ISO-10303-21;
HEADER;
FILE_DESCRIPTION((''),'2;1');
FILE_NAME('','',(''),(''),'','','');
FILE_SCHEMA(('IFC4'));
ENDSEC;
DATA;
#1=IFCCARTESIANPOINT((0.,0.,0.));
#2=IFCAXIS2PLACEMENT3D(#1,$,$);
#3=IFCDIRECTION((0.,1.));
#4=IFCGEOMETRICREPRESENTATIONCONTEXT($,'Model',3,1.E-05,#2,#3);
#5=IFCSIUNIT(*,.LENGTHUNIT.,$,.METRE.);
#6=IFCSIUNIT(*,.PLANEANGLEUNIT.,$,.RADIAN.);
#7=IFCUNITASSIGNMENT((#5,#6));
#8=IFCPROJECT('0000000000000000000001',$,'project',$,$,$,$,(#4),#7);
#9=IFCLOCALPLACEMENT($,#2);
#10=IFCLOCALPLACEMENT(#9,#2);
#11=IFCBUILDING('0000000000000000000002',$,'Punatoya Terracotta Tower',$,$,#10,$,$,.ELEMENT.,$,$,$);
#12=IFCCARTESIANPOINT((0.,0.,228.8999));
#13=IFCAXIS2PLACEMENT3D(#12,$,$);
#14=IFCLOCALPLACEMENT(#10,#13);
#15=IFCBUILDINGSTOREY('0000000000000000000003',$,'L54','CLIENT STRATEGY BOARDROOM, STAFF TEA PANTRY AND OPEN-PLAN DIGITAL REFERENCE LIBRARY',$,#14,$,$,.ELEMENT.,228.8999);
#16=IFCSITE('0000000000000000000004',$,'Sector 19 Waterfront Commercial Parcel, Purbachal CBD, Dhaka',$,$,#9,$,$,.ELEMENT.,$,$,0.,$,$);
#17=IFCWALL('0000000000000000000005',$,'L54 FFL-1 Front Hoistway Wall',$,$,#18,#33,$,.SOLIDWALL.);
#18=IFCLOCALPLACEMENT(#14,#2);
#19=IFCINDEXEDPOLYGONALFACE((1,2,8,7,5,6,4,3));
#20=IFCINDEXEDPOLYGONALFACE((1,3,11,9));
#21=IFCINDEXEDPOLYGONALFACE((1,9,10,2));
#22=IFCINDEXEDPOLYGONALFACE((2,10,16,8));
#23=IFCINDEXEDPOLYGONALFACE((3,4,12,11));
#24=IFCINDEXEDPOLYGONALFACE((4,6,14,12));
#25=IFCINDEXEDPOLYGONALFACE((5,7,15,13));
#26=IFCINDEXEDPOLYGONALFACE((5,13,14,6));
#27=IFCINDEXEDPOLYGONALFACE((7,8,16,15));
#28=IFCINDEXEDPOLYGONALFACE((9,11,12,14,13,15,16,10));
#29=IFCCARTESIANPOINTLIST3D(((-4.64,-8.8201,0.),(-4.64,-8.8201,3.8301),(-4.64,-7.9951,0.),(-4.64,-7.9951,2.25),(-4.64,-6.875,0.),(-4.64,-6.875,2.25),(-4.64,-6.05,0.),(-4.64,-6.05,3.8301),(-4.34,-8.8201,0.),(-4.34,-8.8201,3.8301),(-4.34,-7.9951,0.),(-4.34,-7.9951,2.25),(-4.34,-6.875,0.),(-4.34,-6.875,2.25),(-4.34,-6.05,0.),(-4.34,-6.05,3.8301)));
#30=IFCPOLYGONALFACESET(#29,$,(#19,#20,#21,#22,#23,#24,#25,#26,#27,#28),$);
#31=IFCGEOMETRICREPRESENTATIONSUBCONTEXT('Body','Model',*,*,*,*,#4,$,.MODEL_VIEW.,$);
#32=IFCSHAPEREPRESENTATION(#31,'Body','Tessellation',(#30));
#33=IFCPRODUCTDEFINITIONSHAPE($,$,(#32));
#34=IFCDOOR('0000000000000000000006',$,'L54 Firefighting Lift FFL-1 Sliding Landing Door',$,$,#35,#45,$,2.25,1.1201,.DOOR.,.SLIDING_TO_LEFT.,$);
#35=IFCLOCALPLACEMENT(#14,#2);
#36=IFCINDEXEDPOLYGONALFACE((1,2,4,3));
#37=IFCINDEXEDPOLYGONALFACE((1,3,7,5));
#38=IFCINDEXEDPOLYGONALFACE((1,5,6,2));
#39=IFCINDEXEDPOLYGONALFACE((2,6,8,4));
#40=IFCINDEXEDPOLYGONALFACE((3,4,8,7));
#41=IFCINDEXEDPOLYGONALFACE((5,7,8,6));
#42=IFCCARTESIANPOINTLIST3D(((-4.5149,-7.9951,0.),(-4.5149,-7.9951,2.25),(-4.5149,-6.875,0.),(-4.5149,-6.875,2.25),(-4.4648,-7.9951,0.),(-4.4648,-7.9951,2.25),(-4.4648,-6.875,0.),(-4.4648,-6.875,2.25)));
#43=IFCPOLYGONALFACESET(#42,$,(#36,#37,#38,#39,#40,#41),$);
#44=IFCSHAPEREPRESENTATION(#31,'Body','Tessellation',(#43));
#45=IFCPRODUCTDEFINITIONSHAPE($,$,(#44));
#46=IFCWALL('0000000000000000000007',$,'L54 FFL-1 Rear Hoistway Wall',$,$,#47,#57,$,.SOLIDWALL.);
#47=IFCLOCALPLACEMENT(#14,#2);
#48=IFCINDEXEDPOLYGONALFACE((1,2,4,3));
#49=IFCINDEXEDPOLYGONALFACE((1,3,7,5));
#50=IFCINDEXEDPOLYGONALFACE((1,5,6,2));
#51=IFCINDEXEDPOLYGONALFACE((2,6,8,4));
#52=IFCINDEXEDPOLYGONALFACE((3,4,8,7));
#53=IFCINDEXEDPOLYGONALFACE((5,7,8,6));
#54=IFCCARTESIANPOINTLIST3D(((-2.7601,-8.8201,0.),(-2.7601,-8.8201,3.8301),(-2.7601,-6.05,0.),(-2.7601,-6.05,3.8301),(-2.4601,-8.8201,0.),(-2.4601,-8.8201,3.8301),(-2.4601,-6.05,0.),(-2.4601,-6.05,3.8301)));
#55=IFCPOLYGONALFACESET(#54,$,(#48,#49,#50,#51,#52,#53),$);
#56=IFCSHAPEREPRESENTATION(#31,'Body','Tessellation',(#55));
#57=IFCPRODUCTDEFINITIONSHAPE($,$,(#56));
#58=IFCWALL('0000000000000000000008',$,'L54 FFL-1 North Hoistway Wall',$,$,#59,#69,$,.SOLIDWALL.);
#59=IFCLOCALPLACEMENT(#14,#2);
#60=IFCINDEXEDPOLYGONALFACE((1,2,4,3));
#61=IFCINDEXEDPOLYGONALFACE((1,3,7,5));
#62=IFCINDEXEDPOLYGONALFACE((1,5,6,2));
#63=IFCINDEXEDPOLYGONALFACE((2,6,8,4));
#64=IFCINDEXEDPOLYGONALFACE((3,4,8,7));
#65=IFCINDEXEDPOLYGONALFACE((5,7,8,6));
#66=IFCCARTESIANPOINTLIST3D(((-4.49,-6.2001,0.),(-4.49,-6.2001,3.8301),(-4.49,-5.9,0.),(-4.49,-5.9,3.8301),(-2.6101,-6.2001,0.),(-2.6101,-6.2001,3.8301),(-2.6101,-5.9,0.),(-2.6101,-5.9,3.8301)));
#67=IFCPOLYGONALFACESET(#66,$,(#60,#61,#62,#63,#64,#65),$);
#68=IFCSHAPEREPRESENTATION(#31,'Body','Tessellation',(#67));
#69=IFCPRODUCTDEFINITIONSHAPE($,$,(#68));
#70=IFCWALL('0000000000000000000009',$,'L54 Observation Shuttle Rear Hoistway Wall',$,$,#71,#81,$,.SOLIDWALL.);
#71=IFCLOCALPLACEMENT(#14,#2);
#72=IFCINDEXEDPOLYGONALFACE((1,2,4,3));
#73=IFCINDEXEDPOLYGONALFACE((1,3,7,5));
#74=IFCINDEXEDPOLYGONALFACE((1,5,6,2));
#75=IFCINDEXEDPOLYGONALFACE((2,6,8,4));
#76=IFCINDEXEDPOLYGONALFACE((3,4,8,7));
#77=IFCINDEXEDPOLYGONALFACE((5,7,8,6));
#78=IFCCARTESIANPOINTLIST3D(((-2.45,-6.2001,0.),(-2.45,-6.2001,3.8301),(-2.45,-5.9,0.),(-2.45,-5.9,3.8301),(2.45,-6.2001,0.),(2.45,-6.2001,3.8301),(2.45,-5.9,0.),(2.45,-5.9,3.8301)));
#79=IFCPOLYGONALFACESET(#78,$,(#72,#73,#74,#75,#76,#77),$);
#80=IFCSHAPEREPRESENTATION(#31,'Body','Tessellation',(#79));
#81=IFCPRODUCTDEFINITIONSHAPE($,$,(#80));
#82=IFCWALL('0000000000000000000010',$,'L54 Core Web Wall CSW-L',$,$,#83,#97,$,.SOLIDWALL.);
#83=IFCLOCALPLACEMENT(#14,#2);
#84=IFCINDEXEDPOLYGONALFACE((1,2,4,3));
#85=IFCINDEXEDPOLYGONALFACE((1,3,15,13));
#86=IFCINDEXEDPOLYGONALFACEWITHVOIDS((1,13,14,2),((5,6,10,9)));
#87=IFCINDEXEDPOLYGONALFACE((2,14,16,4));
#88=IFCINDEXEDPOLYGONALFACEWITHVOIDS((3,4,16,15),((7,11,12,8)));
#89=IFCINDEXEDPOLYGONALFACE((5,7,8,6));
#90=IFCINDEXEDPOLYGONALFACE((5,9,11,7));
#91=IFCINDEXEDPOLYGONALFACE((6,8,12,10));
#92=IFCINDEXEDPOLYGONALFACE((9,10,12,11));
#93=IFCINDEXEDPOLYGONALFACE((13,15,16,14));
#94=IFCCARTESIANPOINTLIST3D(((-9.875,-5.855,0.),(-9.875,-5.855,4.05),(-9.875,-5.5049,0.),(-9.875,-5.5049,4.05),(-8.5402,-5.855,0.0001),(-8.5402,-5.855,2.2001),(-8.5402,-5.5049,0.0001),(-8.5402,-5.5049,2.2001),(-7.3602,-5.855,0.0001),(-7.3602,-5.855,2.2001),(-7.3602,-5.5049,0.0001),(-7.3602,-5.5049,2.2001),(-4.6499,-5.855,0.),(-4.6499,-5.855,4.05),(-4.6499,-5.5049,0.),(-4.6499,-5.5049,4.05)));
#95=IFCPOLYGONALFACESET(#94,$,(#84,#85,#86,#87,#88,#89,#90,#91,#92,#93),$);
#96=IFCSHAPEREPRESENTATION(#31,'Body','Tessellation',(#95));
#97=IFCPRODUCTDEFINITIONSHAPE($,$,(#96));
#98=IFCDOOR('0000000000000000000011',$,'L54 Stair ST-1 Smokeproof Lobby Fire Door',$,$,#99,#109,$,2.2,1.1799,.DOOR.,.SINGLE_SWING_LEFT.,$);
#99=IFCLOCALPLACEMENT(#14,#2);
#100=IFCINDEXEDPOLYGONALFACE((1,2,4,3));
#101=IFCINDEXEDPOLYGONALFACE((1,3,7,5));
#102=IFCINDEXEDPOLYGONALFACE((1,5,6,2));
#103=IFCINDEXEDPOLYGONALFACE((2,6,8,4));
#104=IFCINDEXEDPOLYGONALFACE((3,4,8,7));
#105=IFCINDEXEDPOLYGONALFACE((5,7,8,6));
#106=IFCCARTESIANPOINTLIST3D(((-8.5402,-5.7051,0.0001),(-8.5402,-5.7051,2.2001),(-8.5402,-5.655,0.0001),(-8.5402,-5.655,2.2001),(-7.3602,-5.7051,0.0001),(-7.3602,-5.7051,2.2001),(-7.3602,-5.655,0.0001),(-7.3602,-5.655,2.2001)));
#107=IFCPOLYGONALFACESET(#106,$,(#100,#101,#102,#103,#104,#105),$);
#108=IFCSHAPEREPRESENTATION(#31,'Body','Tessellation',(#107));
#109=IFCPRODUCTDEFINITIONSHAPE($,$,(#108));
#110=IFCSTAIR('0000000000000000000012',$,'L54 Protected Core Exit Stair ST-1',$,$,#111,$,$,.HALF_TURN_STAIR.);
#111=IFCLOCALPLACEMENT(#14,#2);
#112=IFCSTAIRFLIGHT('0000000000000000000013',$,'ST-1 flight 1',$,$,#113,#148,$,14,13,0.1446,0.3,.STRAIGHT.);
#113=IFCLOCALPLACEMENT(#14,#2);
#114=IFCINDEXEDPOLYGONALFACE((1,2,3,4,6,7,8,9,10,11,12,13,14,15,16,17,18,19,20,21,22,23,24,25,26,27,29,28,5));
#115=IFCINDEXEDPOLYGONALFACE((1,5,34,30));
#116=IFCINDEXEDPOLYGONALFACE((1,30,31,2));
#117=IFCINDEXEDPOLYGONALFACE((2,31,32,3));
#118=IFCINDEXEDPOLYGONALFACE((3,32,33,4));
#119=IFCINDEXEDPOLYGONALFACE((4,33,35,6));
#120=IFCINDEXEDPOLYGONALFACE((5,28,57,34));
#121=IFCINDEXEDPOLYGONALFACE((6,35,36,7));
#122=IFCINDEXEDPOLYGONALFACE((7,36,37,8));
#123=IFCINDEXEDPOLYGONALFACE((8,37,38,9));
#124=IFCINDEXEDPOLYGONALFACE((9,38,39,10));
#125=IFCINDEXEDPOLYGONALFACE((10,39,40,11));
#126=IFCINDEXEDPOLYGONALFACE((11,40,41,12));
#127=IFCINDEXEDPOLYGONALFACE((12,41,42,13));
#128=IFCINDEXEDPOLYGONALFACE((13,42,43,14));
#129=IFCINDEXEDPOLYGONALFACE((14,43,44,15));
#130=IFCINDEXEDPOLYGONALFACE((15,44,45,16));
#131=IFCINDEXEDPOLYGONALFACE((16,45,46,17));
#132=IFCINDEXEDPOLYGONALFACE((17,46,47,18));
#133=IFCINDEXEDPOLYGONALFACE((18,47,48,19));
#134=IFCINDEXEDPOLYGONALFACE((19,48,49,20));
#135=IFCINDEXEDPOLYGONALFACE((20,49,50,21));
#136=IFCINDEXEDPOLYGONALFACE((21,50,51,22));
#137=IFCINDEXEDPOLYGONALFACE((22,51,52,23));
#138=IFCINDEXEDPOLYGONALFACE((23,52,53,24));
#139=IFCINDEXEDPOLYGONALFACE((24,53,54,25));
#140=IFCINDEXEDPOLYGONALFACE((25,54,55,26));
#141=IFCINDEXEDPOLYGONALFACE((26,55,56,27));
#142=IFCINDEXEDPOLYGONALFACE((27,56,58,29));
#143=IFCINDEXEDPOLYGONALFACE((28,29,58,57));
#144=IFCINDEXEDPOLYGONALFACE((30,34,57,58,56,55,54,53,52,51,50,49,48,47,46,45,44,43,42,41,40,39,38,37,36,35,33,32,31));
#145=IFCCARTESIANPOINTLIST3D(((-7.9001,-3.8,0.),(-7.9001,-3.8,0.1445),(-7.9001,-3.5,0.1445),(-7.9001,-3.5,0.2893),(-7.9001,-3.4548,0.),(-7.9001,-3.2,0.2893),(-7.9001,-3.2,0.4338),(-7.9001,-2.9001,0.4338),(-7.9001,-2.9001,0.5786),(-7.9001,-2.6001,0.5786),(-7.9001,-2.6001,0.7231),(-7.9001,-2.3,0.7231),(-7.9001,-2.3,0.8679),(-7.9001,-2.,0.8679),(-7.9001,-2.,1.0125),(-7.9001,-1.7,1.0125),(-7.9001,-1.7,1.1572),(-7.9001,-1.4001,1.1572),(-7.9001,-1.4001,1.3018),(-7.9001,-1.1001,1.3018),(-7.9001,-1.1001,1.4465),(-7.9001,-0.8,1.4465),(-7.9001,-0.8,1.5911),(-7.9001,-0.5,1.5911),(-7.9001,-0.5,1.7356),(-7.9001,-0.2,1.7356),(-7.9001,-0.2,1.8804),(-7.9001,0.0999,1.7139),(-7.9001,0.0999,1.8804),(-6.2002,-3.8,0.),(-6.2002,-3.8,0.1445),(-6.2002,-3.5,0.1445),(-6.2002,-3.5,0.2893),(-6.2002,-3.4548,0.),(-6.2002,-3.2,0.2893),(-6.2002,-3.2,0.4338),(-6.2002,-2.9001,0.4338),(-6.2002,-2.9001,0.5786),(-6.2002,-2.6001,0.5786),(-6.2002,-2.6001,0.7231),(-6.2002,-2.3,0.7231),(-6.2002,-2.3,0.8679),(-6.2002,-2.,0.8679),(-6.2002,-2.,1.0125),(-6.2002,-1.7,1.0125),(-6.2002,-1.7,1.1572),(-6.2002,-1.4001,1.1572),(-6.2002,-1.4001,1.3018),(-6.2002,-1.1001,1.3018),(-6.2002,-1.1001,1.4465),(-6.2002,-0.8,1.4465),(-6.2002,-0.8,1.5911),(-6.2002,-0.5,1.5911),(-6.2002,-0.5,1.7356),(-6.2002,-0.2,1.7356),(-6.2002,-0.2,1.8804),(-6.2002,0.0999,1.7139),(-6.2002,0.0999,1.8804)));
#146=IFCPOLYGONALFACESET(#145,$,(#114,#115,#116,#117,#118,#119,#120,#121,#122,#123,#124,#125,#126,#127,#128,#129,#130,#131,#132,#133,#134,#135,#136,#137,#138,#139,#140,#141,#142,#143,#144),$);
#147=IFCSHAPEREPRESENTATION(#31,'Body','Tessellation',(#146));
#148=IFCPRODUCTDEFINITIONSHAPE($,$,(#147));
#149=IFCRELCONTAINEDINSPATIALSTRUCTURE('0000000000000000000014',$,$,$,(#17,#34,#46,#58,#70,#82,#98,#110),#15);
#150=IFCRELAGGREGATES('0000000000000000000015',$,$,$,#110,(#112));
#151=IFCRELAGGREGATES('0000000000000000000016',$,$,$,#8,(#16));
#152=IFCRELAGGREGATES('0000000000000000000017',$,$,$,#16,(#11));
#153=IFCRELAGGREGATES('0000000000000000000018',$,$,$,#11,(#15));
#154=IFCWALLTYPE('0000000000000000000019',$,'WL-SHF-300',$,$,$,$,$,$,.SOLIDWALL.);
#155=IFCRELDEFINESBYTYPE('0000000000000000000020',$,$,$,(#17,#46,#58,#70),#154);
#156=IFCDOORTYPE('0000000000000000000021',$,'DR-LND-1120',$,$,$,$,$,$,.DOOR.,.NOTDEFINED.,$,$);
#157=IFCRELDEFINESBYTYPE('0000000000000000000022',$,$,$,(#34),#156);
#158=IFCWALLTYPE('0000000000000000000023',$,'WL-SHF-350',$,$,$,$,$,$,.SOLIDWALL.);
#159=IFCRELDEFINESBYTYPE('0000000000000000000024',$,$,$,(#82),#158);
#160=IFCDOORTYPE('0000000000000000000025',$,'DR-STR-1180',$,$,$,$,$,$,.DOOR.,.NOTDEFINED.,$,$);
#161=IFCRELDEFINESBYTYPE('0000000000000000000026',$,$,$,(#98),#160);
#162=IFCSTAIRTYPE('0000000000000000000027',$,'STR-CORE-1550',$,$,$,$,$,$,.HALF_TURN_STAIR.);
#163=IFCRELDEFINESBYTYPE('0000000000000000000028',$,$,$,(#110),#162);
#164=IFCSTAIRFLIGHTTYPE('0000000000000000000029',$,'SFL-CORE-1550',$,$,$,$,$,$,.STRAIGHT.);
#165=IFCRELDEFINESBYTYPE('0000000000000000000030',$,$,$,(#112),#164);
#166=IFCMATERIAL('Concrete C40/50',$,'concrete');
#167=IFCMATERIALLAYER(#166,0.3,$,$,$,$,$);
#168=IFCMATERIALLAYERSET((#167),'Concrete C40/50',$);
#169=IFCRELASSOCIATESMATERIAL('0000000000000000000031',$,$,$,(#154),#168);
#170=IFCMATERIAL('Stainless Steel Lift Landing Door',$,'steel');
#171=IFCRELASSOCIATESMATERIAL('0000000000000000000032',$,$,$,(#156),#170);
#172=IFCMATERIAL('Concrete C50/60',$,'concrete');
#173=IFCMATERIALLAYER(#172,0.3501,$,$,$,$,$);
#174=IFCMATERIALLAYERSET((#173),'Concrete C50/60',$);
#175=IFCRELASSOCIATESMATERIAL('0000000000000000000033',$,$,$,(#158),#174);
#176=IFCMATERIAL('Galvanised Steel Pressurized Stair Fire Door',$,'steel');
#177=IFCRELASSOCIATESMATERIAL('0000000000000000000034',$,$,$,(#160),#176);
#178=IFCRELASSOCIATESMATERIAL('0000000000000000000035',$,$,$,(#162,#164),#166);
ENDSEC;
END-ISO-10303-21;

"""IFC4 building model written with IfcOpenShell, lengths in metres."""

from ifc_helpers import new_model, si_unit, direction, frame, frame_2d, origin, place, context, subcontext, project, spatial, polyline, rectangle, outline, extrude, material, layer, layer_set, type_object, element, fill, aggregate, save


model = new_model("IFC4")

# Units and contexts
model_context = context("Model", 3, precision=1e-05, world=origin(), true_north=direction((0.0, 1.0)))
body_context = subcontext(model_context, "Body", "Model", "MODEL_VIEW")
ifc_project = project(units=[si_unit("LENGTHUNIT", "METRE"), si_unit("PLANEANGLEUNIT", "RADIAN")], contexts=[model_context])

# Site, building, storey
site_placement = place(None, origin())
site = spatial("IfcSite", under=ifc_project, at=site_placement, Name="Sector 19 Waterfront Commercial Parcel, Purbachal CBD, Dhaka", CompositionType="ELEMENT", RefElevation=0.0)
building_placement = place(site_placement, origin())
building = spatial("IfcBuilding", under=site, at=building_placement, Name="Punatoya Terracotta Tower", CompositionType="ELEMENT")
storey_placement = place(building_placement, frame((0.0, 0.0, 228.8999)))
storey = spatial("IfcBuildingStorey", under=building, at=storey_placement, Name="L54", Description="CLIENT STRATEGY BOARDROOM, STAFF TEA PANTRY AND OPEN-PLAN DIGITAL REFERENCE LIBRARY", CompositionType="ELEMENT", Elevation=228.8999)

# Shared definitions
ifc_material_1 = material(Name="Concrete C40/50", Category="concrete")

# Shared definitions
ifc_layer_1 = layer(ifc_material_1, 0.3)
ifc_layer_set_1 = layer_set([ifc_layer_1], Name="Concrete C40/50")
wall_type_1 = type_object("IfcWallType", Name="WL-SHF-300", PredefinedType="SOLIDWALL", material=ifc_layer_set_1)

# Wall, opening, door
wall_1_placement = place(storey_placement, frame((-4.49, -8.8201, 0.0), z_axis=(0.0, 0.0, 1.0), x_axis=(0.0, 1.0, 0.0)))
wall_1 = element("IfcWall", 1, at=wall_1_placement, inside=storey, type_object=wall_type_1, Name="L54 FFL-1 Front Hoistway Wall", PredefinedType="SOLIDWALL", context=body_context, shape_type="SweptSolid", body=[
    extrude(rectangle(XDim=2.77, YDim=0.3, at=frame_2d((1.385, 0.0))), origin(), (0.0, 0.0, 1.0), 3.8301),
])
opening_1_placement = place(wall_1_placement, frame((0.825, 0.0, 0.0)))
opening_1 = element("IfcOpeningElement", 2, at=opening_1_placement, cuts=wall_1, PredefinedType="OPENING", context=body_context, shape_type="SweptSolid", body=[
    extrude(rectangle(XDim=1.1201, YDim=2.25, at=frame_2d((0.5601, 1.125))), frame((0.0, 0.1599, 0.0), z_axis=(0.0, -1.0, 0.0), x_axis=(1.0, 0.0, 0.0)), (0.0, 0.0, 1.0), 0.3201),
])
ifc_material_2 = material(Name="Stainless Steel Lift Landing Door", Category="steel")
door_type_1 = type_object("IfcDoorType", Name="DR-LND-1120", OperationType="NOTDEFINED", PredefinedType="DOOR", material=ifc_material_2)
door_1_placement = place(opening_1_placement, origin())
door_1 = element("IfcDoor", 3, at=door_1_placement, inside=storey, type_object=door_type_1, Name="L54 Firefighting Lift FFL-1 Sliding Landing Door", OperationType="SLIDING_TO_LEFT", OverallHeight=2.25, OverallWidth=1.1201, PredefinedType="DOOR", context=body_context, shape_type="SweptSolid", body=[
    extrude(rectangle(XDim=1.1201, YDim=2.25, at=frame_2d((0.5601, 1.125))), frame((0.0, 0.0249, 0.0), z_axis=(0.0, -1.0, 0.0), x_axis=(1.0, 0.0, 0.0)), (0.0, 0.0, 1.0), 0.05),
])
fill(opening_1, door_1)

# Walls
wall_2_placement = place(storey_placement, frame((-2.6101, -8.8201, 0.0), z_axis=(0.0, 0.0, 1.0), x_axis=(0.0, 1.0, 0.0)))
element("IfcWall", 4, at=wall_2_placement, inside=storey, type_object=wall_type_1, Name="L54 FFL-1 Rear Hoistway Wall", PredefinedType="SOLIDWALL", context=body_context, shape_type="SweptSolid", body=[
    extrude(rectangle(XDim=2.77, YDim=0.3, at=frame_2d((1.385, 0.0))), origin(), (0.0, 0.0, 1.0), 3.8301),
])
wall_3_placement = place(storey_placement, frame((-4.49, -6.05, 0.0), z_axis=(0.0, 0.0, 1.0), x_axis=(1.0, 0.0, 0.0)))
element("IfcWall", 5, at=wall_3_placement, inside=storey, type_object=wall_type_1, Name="L54 FFL-1 North Hoistway Wall", PredefinedType="SOLIDWALL", context=body_context, shape_type="SweptSolid", body=[
    extrude(rectangle(XDim=1.8799, YDim=0.3, at=frame_2d((0.9399, 0.0))), origin(), (0.0, 0.0, 1.0), 3.8301),
])
wall_4_placement = place(storey_placement, frame((-2.45, -6.05, 0.0), z_axis=(0.0, 0.0, 1.0), x_axis=(1.0, 0.0, 0.0)))
element("IfcWall", 6, at=wall_4_placement, inside=storey, type_object=wall_type_1, Name="L54 Observation Shuttle Rear Hoistway Wall", PredefinedType="SOLIDWALL", context=body_context, shape_type="SweptSolid", body=[
    extrude(rectangle(XDim=4.8999, YDim=0.3, at=frame_2d((2.45, 0.0))), origin(), (0.0, 0.0, 1.0), 3.8301),
])

# Wall, opening, door
ifc_material_3 = material(Name="Concrete C50/60", Category="concrete")
ifc_layer_2 = layer(ifc_material_3, 0.3501)
ifc_layer_set_2 = layer_set([ifc_layer_2], Name="Concrete C50/60")
wall_type_2 = type_object("IfcWallType", Name="WL-SHF-350", PredefinedType="SOLIDWALL", material=ifc_layer_set_2)
wall_5_placement = place(storey_placement, frame((-9.875, -5.6799, 0.0), z_axis=(0.0, 0.0, 1.0), x_axis=(1.0, 0.0, 0.0)))
wall_5 = element("IfcWall", 7, at=wall_5_placement, inside=storey, type_object=wall_type_2, Name="L54 Core Web Wall CSW-L", PredefinedType="SOLIDWALL", context=body_context, shape_type="SweptSolid", body=[
    extrude(rectangle(XDim=5.2251, YDim=0.3501, at=frame_2d((2.6125, 0.0))), origin(), (0.0, 0.0, 1.0), 4.05),
])
opening_2_placement = place(wall_5_placement, frame((1.335, 0.0, 0.0)))
opening_2 = element("IfcOpeningElement", 8, at=opening_2_placement, cuts=wall_5, PredefinedType="OPENING", context=body_context, shape_type="SweptSolid", body=[
    extrude(rectangle(XDim=1.1799, YDim=2.2, at=frame_2d((0.5898, 1.1001))), frame((0.0, 0.1851, 0.0), z_axis=(0.0, -1.0, 0.0), x_axis=(1.0, 0.0, 0.0)), (0.0, 0.0, 1.0), 0.3701),
])
ifc_material_4 = material(Name="Galvanised Steel Pressurized Stair Fire Door", Category="steel")
door_type_2 = type_object("IfcDoorType", Name="DR-STR-1180", OperationType="NOTDEFINED", PredefinedType="DOOR", material=ifc_material_4)
door_2_placement = place(opening_2_placement, origin())
door_2 = element("IfcDoor", 9, at=door_2_placement, inside=storey, type_object=door_type_2, Name="L54 Stair ST-1 Smokeproof Lobby Fire Door", OperationType="SINGLE_SWING_LEFT", OverallHeight=2.2, OverallWidth=1.1799, PredefinedType="DOOR", context=body_context, shape_type="SweptSolid", body=[
    extrude(rectangle(XDim=1.1799, YDim=2.2, at=frame_2d((0.5898, 1.1001))), frame((0.0, 0.0249, 0.0), z_axis=(0.0, -1.0, 0.0), x_axis=(1.0, 0.0, 0.0)), (0.0, 0.0, 1.0), 0.05),
])
fill(opening_2, door_2)

# Stair, stair flight
stair_type = type_object("IfcStairType", Name="STR-CORE-1550", PredefinedType="HALF_TURN_STAIR", material=ifc_material_1)
stair_placement = place(storey_placement, origin())
stair = element("IfcStair", 10, at=stair_placement, inside=storey, type_object=stair_type, Name="L54 Protected Core Exit Stair ST-1", PredefinedType="HALF_TURN_STAIR")
stair_flight_type = type_object("IfcStairFlightType", Name="SFL-CORE-1550", PredefinedType="STRAIGHT", material=ifc_material_1)
stair_flight_placement = place(storey_placement, frame((-7.05, -3.8, 0.0), z_axis=(0.0, 0.0, 1.0), x_axis=(0.0, 1.0, 0.0)))
stair_flight = element("IfcStairFlight", 11, at=stair_flight_placement, type_object=stair_flight_type, Name="ST-1 flight 1", NumberOfRisers=14, NumberOfTreads=13, PredefinedType="STRAIGHT", RiserHeight=0.1446, TreadLength=0.3, context=body_context, shape_type="SweptSolid", body=[
    extrude(outline(polyline([(0.0, 0.0), (0.0, 0.1445), (0.3, 0.1445), (0.3, 0.2893), (0.6001, 0.2893), (0.6001, 0.4338), (0.8999, 0.4338), (0.8999, 0.5786), (1.2, 0.5786), (1.2, 0.7231), (1.5, 0.7231), (1.5, 0.8679), (1.8, 0.8679), (1.8, 1.0125), (2.1001, 1.0125), (2.1001, 1.1572), (2.3999, 1.1572), (2.3999, 1.3018), (2.7, 1.3018), (2.7, 1.4465), (3.0, 1.4465), (3.0, 1.5911), (3.3, 1.5911), (3.3, 1.7356), (3.6001, 1.7356), (3.6001, 1.8804), (3.8999, 1.8804), (3.8999, 2.0249), (3.8999, 1.7139), (0.3452, 0.0), (0.0, 0.0)])), frame((0.0, 0.8501, 0.0), z_axis=(0.0, -1.0, 0.0), x_axis=(1.0, 0.0, 0.0)), (0.0, 0.0, 1.0), 1.7),
])
aggregate(stair, [stair_flight])

save(model, "model.ifc")
